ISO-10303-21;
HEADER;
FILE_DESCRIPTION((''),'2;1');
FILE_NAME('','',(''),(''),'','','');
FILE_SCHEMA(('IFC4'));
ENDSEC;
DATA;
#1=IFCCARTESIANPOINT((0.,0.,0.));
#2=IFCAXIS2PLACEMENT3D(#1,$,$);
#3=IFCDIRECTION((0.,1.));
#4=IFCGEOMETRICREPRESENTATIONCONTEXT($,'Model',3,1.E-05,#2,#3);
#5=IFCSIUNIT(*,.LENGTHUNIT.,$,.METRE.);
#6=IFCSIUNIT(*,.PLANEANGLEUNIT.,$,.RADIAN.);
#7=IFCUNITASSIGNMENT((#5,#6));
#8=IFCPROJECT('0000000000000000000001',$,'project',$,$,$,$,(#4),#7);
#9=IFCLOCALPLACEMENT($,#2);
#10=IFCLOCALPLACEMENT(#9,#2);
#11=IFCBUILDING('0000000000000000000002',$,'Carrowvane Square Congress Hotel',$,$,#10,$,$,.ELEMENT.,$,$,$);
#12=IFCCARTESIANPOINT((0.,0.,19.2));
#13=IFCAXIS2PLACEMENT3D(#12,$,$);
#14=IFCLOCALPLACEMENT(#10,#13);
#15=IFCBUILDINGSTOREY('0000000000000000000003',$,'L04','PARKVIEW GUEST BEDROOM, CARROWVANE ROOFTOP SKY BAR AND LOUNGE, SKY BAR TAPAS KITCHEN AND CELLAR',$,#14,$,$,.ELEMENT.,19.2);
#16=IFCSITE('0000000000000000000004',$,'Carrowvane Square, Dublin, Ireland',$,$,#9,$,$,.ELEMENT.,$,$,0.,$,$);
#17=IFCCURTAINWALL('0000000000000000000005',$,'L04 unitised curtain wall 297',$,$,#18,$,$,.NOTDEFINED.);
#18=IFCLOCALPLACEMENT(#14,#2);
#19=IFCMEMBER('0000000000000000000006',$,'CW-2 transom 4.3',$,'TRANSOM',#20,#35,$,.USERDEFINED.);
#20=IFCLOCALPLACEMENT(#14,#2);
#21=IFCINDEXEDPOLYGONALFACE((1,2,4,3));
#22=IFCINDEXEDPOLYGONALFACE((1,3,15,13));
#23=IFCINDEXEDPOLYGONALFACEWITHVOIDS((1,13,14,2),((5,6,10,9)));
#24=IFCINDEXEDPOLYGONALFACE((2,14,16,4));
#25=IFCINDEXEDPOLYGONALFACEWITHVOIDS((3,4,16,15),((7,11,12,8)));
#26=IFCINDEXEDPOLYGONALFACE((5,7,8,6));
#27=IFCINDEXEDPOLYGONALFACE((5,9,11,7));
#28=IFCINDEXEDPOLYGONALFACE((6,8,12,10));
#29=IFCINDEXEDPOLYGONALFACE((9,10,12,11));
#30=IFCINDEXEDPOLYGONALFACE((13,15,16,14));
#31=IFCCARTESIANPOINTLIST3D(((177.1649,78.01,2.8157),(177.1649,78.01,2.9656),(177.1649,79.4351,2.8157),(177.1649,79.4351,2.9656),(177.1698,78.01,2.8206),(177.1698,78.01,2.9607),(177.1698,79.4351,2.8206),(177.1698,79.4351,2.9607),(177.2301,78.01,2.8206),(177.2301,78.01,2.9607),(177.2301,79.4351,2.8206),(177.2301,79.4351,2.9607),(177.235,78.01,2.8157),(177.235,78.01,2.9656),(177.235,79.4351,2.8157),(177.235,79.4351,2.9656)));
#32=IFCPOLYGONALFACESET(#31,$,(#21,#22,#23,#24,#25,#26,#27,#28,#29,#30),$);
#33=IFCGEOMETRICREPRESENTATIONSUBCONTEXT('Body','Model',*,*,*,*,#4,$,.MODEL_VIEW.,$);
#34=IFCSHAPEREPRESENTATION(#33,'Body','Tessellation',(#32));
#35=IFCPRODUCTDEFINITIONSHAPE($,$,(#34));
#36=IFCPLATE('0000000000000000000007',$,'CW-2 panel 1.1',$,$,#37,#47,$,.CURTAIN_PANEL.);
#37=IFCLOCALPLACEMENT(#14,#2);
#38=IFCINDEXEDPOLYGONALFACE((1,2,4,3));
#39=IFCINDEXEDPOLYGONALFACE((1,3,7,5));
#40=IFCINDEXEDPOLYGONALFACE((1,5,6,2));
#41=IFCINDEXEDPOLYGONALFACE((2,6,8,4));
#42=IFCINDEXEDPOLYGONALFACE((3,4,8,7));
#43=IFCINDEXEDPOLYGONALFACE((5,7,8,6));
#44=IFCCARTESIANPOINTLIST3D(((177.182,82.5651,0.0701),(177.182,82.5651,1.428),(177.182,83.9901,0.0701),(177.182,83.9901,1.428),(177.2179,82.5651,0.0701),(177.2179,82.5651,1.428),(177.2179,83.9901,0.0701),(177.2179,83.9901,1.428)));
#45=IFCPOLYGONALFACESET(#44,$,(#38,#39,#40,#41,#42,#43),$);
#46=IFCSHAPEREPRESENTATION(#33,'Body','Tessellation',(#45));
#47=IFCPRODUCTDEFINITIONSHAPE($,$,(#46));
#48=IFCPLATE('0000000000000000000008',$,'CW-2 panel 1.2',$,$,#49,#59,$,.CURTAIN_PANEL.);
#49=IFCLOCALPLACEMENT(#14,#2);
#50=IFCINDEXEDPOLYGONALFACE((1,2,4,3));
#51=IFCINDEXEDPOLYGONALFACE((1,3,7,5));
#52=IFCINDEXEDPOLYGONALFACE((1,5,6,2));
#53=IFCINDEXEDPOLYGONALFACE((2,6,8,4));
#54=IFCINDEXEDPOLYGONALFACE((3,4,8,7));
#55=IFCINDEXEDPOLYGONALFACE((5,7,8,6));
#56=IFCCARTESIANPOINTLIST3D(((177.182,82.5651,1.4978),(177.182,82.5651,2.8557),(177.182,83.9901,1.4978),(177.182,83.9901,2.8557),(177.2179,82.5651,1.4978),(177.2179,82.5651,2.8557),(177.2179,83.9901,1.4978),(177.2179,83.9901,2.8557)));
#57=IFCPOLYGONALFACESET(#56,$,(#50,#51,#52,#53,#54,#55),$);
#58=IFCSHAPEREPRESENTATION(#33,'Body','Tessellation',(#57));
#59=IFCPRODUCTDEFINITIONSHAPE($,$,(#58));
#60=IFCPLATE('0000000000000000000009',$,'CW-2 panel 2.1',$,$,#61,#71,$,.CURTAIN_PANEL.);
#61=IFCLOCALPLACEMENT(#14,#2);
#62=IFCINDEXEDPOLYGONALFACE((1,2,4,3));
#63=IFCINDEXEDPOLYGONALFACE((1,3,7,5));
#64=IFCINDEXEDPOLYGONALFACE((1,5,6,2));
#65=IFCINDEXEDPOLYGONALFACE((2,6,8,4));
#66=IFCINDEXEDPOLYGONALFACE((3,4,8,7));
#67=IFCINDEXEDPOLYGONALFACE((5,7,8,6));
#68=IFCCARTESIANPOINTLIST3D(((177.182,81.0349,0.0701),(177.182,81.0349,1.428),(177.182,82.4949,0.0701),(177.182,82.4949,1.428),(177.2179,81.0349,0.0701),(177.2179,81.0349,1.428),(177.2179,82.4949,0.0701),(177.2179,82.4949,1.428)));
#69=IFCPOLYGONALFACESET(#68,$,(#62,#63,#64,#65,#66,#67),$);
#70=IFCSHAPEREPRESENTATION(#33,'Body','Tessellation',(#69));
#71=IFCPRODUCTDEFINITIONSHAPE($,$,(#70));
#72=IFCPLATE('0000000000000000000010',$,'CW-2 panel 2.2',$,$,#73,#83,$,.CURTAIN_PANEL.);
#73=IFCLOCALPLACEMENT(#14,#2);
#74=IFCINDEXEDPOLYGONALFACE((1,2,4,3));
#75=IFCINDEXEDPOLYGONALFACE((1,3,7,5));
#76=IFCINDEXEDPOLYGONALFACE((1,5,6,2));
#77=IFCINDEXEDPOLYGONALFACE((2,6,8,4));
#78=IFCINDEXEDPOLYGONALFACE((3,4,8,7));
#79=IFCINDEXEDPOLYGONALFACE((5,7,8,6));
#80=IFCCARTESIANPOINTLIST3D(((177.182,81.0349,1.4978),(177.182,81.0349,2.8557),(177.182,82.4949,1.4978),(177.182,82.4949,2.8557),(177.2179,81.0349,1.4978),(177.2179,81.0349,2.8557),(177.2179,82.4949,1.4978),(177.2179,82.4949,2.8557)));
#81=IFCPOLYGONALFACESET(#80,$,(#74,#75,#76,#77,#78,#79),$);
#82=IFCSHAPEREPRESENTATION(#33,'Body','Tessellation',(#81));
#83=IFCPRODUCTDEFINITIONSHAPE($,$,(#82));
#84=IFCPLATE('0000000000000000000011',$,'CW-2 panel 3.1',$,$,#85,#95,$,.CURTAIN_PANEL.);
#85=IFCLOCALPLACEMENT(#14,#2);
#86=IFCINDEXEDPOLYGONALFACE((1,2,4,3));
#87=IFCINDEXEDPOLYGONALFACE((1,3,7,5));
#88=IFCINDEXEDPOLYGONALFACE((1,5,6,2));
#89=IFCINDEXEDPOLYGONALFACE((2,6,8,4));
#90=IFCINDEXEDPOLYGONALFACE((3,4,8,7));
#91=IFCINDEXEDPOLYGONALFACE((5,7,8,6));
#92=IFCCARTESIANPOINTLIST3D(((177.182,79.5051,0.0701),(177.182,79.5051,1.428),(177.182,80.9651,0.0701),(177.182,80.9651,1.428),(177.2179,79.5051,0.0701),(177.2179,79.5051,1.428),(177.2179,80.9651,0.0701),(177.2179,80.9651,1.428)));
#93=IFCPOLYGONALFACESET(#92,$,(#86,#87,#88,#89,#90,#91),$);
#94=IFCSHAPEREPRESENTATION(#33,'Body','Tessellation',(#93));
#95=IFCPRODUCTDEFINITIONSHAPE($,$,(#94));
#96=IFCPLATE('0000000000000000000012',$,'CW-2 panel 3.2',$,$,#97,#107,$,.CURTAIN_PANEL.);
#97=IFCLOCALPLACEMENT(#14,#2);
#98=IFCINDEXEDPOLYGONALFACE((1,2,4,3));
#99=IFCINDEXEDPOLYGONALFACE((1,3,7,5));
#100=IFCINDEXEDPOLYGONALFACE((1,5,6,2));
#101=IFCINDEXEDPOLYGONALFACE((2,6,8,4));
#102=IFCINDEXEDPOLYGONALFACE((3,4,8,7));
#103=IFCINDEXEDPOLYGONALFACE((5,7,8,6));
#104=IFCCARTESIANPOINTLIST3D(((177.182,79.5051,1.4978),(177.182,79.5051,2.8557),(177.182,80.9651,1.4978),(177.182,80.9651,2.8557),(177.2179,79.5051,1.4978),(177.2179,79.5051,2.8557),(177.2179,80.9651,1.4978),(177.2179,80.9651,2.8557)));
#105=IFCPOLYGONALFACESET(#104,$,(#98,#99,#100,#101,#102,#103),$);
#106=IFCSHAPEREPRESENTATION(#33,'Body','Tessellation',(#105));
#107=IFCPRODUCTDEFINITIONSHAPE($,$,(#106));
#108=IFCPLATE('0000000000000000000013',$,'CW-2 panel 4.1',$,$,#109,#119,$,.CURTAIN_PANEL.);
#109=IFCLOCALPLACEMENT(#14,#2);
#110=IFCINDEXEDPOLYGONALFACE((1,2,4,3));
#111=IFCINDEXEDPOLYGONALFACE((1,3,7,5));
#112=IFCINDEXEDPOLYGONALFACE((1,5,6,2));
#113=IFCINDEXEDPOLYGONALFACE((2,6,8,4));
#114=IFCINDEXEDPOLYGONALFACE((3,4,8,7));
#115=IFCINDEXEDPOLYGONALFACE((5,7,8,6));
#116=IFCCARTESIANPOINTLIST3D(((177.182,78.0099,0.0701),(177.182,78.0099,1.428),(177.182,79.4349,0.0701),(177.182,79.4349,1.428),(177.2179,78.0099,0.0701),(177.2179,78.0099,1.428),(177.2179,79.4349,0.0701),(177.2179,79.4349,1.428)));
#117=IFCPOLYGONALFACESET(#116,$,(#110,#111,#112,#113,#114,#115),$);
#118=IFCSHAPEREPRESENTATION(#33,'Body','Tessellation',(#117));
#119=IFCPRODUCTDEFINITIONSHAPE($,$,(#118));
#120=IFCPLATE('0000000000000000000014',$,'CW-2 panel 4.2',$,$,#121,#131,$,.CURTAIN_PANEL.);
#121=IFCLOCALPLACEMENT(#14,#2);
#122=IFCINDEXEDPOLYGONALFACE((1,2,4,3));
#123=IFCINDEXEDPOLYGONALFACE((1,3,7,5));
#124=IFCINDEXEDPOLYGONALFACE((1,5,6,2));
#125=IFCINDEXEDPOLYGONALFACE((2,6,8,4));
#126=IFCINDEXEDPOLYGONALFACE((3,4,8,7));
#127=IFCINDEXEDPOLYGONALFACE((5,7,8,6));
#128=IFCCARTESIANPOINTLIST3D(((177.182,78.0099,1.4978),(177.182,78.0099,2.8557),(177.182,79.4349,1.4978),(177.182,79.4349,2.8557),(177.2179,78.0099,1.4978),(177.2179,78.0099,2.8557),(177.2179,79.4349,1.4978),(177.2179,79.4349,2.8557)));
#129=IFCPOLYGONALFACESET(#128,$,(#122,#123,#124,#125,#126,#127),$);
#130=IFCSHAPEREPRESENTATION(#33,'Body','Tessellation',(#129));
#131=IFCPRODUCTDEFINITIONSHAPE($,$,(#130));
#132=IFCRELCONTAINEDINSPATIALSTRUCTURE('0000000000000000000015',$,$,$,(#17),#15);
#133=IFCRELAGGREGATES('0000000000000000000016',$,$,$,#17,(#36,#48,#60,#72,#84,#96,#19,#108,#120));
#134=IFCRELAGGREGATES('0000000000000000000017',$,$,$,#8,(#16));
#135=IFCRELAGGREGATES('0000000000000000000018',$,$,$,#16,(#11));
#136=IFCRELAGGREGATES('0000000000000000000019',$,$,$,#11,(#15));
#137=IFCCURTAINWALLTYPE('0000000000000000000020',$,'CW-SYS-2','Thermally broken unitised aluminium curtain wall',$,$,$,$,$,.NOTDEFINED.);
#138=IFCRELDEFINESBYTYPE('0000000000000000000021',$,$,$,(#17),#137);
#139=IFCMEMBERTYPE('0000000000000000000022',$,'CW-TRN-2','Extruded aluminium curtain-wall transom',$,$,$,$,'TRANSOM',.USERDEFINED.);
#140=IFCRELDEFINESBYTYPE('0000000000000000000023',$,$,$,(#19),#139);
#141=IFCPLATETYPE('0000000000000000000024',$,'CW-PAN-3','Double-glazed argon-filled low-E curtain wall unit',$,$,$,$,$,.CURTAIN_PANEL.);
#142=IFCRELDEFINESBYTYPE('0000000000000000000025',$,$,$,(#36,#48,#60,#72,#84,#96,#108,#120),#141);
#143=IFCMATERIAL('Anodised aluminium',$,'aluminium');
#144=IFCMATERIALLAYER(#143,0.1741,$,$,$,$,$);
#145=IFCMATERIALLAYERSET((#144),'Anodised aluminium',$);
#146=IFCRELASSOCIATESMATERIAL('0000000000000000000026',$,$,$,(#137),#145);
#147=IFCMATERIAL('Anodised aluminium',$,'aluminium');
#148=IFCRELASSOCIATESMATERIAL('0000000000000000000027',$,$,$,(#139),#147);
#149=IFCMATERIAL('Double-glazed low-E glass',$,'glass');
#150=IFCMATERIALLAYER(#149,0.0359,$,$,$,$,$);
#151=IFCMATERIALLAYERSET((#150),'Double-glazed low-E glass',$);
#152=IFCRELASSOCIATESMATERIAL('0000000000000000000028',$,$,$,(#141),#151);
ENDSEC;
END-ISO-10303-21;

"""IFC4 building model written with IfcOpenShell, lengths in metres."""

from ifc_helpers import new_model, si_unit, direction, frame, origin, origin_2d, place, context, subcontext, project, spatial, rectangle, hollow_rectangle, extrude, material, layer, layer_set, material_profile, profile_set, type_object, element, aggregate, save


model = new_model("IFC4")

# Units and contexts
model_context = context("Model", 3, precision=1e-05, world=origin(), true_north=direction((0.0, 1.0)))
body_context = subcontext(model_context, "Body", "Model", "MODEL_VIEW")
ifc_project = project(units=[si_unit("LENGTHUNIT", "METRE"), si_unit("PLANEANGLEUNIT", "RADIAN")], contexts=[model_context])

# Site, building, storey
site_placement = place(None, origin())
site = spatial("IfcSite", under=ifc_project, at=site_placement, Name="Carrowvane Square, Dublin, Ireland", CompositionType="ELEMENT", RefElevation=0.0)
building_placement = place(site_placement, origin())
building = spatial("IfcBuilding", under=site, at=building_placement, Name="Carrowvane Square Congress Hotel", CompositionType="ELEMENT")
storey_placement = place(building_placement, frame((0.0, 0.0, 19.2)))
storey = spatial("IfcBuildingStorey", under=building, at=storey_placement, Name="L04", Description="PARKVIEW GUEST BEDROOM, CARROWVANE ROOFTOP SKY BAR AND LOUNGE, SKY BAR TAPAS KITCHEN AND CELLAR", CompositionType="ELEMENT", Elevation=19.2)

# Curtain wall, member, plates
ifc_material_1 = material(Name="Anodised aluminium", Category="aluminium")
ifc_layer_1 = layer(ifc_material_1, 0.1741)
ifc_layer_set_1 = layer_set([ifc_layer_1], Name="Anodised aluminium")
curtain_wall_type = type_object("IfcCurtainWallType", Name="CW-SYS-2", Description="Thermally broken unitised aluminium curtain wall", PredefinedType="NOTDEFINED", material=ifc_layer_set_1)
curtain_wall_placement = place(storey_placement, origin())
curtain_wall = element("IfcCurtainWall", 1, at=curtain_wall_placement, inside=storey, type_object=curtain_wall_type, Name="L04 unitised curtain wall 297", PredefinedType="NOTDEFINED")
ifc_material_2 = material(Name="Anodised aluminium", Category="aluminium")
ifc_material_profile_1 = material_profile(ifc_material_2, hollow_rectangle(XDim=0.0701, YDim=0.1499, WallThickness=0.0049, at=origin_2d()), Name="CW-TR 70x150x5")
ifc_profile_set_1 = profile_set([ifc_material_profile_1], Name="Anodised aluminium")
member_type_1 = type_object("IfcMemberType", Name="CW-TRN-2", Description="Extruded aluminium curtain-wall transom", ElementType="TRANSOM", PredefinedType="USERDEFINED", material=ifc_profile_set_1)
member_1_placement = place(storey_placement, frame((177.2, 79.4351, 2.8906), z_axis=(0.0, -1.0, 0.0), x_axis=(1.0, 0.0, 0.0)))
member_1 = element("IfcMember", 2, at=member_1_placement, type_object=member_type_1, Name="CW-2 transom 4.3", ObjectType="TRANSOM", PredefinedType="USERDEFINED", context=body_context, shape_type="SweptSolid", body=[
    extrude(hollow_rectangle(XDim=0.0701, YDim=0.1499, WallThickness=0.0049, at=origin_2d()), origin(), (0.0, 0.0, 1.0), 1.425),
])
ifc_material_3 = material(Name="Double-glazed low-E glass", Category="glass")
ifc_layer_2 = layer(ifc_material_3, 0.0359)
ifc_layer_set_2 = layer_set([ifc_layer_2], Name="Double-glazed low-E glass")
plate_type = type_object("IfcPlateType", Name="CW-PAN-3", Description="Double-glazed argon-filled low-E curtain wall unit", PredefinedType="CURTAIN_PANEL", material=ifc_layer_set_2)
plate_1_placement = place(storey_placement, frame((177.2, 83.2776, 0.0701), z_axis=(0.0, 0.0, 1.0), x_axis=(0.0, -1.0, 0.0)))
plate_1 = element("IfcPlate", 3, at=plate_1_placement, type_object=plate_type, Name="CW-2 panel 1.1", PredefinedType="CURTAIN_PANEL", context=body_context, shape_type="SweptSolid", body=[
    extrude(rectangle(XDim=1.425, YDim=0.0359, at=origin_2d()), origin(), (0.0, 0.0, 1.0), 1.3579),
])
plate_2_placement = place(storey_placement, frame((177.2, 83.2776, 1.4978), z_axis=(0.0, 0.0, 1.0), x_axis=(0.0, -1.0, 0.0)))
plate_2 = element("IfcPlate", 4, at=plate_2_placement, type_object=plate_type, Name="CW-2 panel 1.2", PredefinedType="CURTAIN_PANEL", context=body_context, shape_type="SweptSolid", body=[
    extrude(rectangle(XDim=1.425, YDim=0.0359, at=origin_2d()), origin(), (0.0, 0.0, 1.0), 1.3579),
])
plate_3_placement = place(storey_placement, frame((177.2, 81.7649, 0.0701), z_axis=(0.0, 0.0, 1.0), x_axis=(0.0, -1.0, 0.0)))
plate_3 = element("IfcPlate", 5, at=plate_3_placement, type_object=plate_type, Name="CW-2 panel 2.1", PredefinedType="CURTAIN_PANEL", context=body_context, shape_type="SweptSolid", body=[
    extrude(rectangle(XDim=1.46, YDim=0.0359, at=origin_2d()), origin(), (0.0, 0.0, 1.0), 1.3579),
])
plate_4_placement = place(storey_placement, frame((177.2, 81.7649, 1.4978), z_axis=(0.0, 0.0, 1.0), x_axis=(0.0, -1.0, 0.0)))
plate_4 = element("IfcPlate", 6, at=plate_4_placement, type_object=plate_type, Name="CW-2 panel 2.2", PredefinedType="CURTAIN_PANEL", context=body_context, shape_type="SweptSolid", body=[
    extrude(rectangle(XDim=1.46, YDim=0.0359, at=origin_2d()), origin(), (0.0, 0.0, 1.0), 1.3579),
])
plate_5_placement = place(storey_placement, frame((177.2, 80.2351, 0.0701), z_axis=(0.0, 0.0, 1.0), x_axis=(0.0, -1.0, 0.0)))
plate_5 = element("IfcPlate", 7, at=plate_5_placement, type_object=plate_type, Name="CW-2 panel 3.1", PredefinedType="CURTAIN_PANEL", context=body_context, shape_type="SweptSolid", body=[
    extrude(rectangle(XDim=1.46, YDim=0.0359, at=origin_2d()), origin(), (0.0, 0.0, 1.0), 1.3579),
])
plate_6_placement = place(storey_placement, frame((177.2, 80.2351, 1.4978), z_axis=(0.0, 0.0, 1.0), x_axis=(0.0, -1.0, 0.0)))
plate_6 = element("IfcPlate", 8, at=plate_6_placement, type_object=plate_type, Name="CW-2 panel 3.2", PredefinedType="CURTAIN_PANEL", context=body_context, shape_type="SweptSolid", body=[
    extrude(rectangle(XDim=1.46, YDim=0.0359, at=origin_2d()), origin(), (0.0, 0.0, 1.0), 1.3579),
])
plate_7_placement = place(storey_placement, frame((177.2, 78.7224, 0.0701), z_axis=(0.0, 0.0, 1.0), x_axis=(0.0, -1.0, 0.0)))
plate_7 = element("IfcPlate", 9, at=plate_7_placement, type_object=plate_type, Name="CW-2 panel 4.1", PredefinedType="CURTAIN_PANEL", context=body_context, shape_type="SweptSolid", body=[
    extrude(rectangle(XDim=1.425, YDim=0.0359, at=origin_2d()), origin(), (0.0, 0.0, 1.0), 1.3579),
])
plate_8_placement = place(storey_placement, frame((177.2, 78.7224, 1.4978), z_axis=(0.0, 0.0, 1.0), x_axis=(0.0, -1.0, 0.0)))
plate_8 = element("IfcPlate", 10, at=plate_8_placement, type_object=plate_type, Name="CW-2 panel 4.2", PredefinedType="CURTAIN_PANEL", context=body_context, shape_type="SweptSolid", body=[
    extrude(rectangle(XDim=1.425, YDim=0.0359, at=origin_2d()), origin(), (0.0, 0.0, 1.0), 1.3579),
])
aggregate(curtain_wall, [plate_1, plate_2, plate_3, plate_4, plate_5, plate_6, member_1, plate_7, plate_8])

save(model, "model.ifc")
